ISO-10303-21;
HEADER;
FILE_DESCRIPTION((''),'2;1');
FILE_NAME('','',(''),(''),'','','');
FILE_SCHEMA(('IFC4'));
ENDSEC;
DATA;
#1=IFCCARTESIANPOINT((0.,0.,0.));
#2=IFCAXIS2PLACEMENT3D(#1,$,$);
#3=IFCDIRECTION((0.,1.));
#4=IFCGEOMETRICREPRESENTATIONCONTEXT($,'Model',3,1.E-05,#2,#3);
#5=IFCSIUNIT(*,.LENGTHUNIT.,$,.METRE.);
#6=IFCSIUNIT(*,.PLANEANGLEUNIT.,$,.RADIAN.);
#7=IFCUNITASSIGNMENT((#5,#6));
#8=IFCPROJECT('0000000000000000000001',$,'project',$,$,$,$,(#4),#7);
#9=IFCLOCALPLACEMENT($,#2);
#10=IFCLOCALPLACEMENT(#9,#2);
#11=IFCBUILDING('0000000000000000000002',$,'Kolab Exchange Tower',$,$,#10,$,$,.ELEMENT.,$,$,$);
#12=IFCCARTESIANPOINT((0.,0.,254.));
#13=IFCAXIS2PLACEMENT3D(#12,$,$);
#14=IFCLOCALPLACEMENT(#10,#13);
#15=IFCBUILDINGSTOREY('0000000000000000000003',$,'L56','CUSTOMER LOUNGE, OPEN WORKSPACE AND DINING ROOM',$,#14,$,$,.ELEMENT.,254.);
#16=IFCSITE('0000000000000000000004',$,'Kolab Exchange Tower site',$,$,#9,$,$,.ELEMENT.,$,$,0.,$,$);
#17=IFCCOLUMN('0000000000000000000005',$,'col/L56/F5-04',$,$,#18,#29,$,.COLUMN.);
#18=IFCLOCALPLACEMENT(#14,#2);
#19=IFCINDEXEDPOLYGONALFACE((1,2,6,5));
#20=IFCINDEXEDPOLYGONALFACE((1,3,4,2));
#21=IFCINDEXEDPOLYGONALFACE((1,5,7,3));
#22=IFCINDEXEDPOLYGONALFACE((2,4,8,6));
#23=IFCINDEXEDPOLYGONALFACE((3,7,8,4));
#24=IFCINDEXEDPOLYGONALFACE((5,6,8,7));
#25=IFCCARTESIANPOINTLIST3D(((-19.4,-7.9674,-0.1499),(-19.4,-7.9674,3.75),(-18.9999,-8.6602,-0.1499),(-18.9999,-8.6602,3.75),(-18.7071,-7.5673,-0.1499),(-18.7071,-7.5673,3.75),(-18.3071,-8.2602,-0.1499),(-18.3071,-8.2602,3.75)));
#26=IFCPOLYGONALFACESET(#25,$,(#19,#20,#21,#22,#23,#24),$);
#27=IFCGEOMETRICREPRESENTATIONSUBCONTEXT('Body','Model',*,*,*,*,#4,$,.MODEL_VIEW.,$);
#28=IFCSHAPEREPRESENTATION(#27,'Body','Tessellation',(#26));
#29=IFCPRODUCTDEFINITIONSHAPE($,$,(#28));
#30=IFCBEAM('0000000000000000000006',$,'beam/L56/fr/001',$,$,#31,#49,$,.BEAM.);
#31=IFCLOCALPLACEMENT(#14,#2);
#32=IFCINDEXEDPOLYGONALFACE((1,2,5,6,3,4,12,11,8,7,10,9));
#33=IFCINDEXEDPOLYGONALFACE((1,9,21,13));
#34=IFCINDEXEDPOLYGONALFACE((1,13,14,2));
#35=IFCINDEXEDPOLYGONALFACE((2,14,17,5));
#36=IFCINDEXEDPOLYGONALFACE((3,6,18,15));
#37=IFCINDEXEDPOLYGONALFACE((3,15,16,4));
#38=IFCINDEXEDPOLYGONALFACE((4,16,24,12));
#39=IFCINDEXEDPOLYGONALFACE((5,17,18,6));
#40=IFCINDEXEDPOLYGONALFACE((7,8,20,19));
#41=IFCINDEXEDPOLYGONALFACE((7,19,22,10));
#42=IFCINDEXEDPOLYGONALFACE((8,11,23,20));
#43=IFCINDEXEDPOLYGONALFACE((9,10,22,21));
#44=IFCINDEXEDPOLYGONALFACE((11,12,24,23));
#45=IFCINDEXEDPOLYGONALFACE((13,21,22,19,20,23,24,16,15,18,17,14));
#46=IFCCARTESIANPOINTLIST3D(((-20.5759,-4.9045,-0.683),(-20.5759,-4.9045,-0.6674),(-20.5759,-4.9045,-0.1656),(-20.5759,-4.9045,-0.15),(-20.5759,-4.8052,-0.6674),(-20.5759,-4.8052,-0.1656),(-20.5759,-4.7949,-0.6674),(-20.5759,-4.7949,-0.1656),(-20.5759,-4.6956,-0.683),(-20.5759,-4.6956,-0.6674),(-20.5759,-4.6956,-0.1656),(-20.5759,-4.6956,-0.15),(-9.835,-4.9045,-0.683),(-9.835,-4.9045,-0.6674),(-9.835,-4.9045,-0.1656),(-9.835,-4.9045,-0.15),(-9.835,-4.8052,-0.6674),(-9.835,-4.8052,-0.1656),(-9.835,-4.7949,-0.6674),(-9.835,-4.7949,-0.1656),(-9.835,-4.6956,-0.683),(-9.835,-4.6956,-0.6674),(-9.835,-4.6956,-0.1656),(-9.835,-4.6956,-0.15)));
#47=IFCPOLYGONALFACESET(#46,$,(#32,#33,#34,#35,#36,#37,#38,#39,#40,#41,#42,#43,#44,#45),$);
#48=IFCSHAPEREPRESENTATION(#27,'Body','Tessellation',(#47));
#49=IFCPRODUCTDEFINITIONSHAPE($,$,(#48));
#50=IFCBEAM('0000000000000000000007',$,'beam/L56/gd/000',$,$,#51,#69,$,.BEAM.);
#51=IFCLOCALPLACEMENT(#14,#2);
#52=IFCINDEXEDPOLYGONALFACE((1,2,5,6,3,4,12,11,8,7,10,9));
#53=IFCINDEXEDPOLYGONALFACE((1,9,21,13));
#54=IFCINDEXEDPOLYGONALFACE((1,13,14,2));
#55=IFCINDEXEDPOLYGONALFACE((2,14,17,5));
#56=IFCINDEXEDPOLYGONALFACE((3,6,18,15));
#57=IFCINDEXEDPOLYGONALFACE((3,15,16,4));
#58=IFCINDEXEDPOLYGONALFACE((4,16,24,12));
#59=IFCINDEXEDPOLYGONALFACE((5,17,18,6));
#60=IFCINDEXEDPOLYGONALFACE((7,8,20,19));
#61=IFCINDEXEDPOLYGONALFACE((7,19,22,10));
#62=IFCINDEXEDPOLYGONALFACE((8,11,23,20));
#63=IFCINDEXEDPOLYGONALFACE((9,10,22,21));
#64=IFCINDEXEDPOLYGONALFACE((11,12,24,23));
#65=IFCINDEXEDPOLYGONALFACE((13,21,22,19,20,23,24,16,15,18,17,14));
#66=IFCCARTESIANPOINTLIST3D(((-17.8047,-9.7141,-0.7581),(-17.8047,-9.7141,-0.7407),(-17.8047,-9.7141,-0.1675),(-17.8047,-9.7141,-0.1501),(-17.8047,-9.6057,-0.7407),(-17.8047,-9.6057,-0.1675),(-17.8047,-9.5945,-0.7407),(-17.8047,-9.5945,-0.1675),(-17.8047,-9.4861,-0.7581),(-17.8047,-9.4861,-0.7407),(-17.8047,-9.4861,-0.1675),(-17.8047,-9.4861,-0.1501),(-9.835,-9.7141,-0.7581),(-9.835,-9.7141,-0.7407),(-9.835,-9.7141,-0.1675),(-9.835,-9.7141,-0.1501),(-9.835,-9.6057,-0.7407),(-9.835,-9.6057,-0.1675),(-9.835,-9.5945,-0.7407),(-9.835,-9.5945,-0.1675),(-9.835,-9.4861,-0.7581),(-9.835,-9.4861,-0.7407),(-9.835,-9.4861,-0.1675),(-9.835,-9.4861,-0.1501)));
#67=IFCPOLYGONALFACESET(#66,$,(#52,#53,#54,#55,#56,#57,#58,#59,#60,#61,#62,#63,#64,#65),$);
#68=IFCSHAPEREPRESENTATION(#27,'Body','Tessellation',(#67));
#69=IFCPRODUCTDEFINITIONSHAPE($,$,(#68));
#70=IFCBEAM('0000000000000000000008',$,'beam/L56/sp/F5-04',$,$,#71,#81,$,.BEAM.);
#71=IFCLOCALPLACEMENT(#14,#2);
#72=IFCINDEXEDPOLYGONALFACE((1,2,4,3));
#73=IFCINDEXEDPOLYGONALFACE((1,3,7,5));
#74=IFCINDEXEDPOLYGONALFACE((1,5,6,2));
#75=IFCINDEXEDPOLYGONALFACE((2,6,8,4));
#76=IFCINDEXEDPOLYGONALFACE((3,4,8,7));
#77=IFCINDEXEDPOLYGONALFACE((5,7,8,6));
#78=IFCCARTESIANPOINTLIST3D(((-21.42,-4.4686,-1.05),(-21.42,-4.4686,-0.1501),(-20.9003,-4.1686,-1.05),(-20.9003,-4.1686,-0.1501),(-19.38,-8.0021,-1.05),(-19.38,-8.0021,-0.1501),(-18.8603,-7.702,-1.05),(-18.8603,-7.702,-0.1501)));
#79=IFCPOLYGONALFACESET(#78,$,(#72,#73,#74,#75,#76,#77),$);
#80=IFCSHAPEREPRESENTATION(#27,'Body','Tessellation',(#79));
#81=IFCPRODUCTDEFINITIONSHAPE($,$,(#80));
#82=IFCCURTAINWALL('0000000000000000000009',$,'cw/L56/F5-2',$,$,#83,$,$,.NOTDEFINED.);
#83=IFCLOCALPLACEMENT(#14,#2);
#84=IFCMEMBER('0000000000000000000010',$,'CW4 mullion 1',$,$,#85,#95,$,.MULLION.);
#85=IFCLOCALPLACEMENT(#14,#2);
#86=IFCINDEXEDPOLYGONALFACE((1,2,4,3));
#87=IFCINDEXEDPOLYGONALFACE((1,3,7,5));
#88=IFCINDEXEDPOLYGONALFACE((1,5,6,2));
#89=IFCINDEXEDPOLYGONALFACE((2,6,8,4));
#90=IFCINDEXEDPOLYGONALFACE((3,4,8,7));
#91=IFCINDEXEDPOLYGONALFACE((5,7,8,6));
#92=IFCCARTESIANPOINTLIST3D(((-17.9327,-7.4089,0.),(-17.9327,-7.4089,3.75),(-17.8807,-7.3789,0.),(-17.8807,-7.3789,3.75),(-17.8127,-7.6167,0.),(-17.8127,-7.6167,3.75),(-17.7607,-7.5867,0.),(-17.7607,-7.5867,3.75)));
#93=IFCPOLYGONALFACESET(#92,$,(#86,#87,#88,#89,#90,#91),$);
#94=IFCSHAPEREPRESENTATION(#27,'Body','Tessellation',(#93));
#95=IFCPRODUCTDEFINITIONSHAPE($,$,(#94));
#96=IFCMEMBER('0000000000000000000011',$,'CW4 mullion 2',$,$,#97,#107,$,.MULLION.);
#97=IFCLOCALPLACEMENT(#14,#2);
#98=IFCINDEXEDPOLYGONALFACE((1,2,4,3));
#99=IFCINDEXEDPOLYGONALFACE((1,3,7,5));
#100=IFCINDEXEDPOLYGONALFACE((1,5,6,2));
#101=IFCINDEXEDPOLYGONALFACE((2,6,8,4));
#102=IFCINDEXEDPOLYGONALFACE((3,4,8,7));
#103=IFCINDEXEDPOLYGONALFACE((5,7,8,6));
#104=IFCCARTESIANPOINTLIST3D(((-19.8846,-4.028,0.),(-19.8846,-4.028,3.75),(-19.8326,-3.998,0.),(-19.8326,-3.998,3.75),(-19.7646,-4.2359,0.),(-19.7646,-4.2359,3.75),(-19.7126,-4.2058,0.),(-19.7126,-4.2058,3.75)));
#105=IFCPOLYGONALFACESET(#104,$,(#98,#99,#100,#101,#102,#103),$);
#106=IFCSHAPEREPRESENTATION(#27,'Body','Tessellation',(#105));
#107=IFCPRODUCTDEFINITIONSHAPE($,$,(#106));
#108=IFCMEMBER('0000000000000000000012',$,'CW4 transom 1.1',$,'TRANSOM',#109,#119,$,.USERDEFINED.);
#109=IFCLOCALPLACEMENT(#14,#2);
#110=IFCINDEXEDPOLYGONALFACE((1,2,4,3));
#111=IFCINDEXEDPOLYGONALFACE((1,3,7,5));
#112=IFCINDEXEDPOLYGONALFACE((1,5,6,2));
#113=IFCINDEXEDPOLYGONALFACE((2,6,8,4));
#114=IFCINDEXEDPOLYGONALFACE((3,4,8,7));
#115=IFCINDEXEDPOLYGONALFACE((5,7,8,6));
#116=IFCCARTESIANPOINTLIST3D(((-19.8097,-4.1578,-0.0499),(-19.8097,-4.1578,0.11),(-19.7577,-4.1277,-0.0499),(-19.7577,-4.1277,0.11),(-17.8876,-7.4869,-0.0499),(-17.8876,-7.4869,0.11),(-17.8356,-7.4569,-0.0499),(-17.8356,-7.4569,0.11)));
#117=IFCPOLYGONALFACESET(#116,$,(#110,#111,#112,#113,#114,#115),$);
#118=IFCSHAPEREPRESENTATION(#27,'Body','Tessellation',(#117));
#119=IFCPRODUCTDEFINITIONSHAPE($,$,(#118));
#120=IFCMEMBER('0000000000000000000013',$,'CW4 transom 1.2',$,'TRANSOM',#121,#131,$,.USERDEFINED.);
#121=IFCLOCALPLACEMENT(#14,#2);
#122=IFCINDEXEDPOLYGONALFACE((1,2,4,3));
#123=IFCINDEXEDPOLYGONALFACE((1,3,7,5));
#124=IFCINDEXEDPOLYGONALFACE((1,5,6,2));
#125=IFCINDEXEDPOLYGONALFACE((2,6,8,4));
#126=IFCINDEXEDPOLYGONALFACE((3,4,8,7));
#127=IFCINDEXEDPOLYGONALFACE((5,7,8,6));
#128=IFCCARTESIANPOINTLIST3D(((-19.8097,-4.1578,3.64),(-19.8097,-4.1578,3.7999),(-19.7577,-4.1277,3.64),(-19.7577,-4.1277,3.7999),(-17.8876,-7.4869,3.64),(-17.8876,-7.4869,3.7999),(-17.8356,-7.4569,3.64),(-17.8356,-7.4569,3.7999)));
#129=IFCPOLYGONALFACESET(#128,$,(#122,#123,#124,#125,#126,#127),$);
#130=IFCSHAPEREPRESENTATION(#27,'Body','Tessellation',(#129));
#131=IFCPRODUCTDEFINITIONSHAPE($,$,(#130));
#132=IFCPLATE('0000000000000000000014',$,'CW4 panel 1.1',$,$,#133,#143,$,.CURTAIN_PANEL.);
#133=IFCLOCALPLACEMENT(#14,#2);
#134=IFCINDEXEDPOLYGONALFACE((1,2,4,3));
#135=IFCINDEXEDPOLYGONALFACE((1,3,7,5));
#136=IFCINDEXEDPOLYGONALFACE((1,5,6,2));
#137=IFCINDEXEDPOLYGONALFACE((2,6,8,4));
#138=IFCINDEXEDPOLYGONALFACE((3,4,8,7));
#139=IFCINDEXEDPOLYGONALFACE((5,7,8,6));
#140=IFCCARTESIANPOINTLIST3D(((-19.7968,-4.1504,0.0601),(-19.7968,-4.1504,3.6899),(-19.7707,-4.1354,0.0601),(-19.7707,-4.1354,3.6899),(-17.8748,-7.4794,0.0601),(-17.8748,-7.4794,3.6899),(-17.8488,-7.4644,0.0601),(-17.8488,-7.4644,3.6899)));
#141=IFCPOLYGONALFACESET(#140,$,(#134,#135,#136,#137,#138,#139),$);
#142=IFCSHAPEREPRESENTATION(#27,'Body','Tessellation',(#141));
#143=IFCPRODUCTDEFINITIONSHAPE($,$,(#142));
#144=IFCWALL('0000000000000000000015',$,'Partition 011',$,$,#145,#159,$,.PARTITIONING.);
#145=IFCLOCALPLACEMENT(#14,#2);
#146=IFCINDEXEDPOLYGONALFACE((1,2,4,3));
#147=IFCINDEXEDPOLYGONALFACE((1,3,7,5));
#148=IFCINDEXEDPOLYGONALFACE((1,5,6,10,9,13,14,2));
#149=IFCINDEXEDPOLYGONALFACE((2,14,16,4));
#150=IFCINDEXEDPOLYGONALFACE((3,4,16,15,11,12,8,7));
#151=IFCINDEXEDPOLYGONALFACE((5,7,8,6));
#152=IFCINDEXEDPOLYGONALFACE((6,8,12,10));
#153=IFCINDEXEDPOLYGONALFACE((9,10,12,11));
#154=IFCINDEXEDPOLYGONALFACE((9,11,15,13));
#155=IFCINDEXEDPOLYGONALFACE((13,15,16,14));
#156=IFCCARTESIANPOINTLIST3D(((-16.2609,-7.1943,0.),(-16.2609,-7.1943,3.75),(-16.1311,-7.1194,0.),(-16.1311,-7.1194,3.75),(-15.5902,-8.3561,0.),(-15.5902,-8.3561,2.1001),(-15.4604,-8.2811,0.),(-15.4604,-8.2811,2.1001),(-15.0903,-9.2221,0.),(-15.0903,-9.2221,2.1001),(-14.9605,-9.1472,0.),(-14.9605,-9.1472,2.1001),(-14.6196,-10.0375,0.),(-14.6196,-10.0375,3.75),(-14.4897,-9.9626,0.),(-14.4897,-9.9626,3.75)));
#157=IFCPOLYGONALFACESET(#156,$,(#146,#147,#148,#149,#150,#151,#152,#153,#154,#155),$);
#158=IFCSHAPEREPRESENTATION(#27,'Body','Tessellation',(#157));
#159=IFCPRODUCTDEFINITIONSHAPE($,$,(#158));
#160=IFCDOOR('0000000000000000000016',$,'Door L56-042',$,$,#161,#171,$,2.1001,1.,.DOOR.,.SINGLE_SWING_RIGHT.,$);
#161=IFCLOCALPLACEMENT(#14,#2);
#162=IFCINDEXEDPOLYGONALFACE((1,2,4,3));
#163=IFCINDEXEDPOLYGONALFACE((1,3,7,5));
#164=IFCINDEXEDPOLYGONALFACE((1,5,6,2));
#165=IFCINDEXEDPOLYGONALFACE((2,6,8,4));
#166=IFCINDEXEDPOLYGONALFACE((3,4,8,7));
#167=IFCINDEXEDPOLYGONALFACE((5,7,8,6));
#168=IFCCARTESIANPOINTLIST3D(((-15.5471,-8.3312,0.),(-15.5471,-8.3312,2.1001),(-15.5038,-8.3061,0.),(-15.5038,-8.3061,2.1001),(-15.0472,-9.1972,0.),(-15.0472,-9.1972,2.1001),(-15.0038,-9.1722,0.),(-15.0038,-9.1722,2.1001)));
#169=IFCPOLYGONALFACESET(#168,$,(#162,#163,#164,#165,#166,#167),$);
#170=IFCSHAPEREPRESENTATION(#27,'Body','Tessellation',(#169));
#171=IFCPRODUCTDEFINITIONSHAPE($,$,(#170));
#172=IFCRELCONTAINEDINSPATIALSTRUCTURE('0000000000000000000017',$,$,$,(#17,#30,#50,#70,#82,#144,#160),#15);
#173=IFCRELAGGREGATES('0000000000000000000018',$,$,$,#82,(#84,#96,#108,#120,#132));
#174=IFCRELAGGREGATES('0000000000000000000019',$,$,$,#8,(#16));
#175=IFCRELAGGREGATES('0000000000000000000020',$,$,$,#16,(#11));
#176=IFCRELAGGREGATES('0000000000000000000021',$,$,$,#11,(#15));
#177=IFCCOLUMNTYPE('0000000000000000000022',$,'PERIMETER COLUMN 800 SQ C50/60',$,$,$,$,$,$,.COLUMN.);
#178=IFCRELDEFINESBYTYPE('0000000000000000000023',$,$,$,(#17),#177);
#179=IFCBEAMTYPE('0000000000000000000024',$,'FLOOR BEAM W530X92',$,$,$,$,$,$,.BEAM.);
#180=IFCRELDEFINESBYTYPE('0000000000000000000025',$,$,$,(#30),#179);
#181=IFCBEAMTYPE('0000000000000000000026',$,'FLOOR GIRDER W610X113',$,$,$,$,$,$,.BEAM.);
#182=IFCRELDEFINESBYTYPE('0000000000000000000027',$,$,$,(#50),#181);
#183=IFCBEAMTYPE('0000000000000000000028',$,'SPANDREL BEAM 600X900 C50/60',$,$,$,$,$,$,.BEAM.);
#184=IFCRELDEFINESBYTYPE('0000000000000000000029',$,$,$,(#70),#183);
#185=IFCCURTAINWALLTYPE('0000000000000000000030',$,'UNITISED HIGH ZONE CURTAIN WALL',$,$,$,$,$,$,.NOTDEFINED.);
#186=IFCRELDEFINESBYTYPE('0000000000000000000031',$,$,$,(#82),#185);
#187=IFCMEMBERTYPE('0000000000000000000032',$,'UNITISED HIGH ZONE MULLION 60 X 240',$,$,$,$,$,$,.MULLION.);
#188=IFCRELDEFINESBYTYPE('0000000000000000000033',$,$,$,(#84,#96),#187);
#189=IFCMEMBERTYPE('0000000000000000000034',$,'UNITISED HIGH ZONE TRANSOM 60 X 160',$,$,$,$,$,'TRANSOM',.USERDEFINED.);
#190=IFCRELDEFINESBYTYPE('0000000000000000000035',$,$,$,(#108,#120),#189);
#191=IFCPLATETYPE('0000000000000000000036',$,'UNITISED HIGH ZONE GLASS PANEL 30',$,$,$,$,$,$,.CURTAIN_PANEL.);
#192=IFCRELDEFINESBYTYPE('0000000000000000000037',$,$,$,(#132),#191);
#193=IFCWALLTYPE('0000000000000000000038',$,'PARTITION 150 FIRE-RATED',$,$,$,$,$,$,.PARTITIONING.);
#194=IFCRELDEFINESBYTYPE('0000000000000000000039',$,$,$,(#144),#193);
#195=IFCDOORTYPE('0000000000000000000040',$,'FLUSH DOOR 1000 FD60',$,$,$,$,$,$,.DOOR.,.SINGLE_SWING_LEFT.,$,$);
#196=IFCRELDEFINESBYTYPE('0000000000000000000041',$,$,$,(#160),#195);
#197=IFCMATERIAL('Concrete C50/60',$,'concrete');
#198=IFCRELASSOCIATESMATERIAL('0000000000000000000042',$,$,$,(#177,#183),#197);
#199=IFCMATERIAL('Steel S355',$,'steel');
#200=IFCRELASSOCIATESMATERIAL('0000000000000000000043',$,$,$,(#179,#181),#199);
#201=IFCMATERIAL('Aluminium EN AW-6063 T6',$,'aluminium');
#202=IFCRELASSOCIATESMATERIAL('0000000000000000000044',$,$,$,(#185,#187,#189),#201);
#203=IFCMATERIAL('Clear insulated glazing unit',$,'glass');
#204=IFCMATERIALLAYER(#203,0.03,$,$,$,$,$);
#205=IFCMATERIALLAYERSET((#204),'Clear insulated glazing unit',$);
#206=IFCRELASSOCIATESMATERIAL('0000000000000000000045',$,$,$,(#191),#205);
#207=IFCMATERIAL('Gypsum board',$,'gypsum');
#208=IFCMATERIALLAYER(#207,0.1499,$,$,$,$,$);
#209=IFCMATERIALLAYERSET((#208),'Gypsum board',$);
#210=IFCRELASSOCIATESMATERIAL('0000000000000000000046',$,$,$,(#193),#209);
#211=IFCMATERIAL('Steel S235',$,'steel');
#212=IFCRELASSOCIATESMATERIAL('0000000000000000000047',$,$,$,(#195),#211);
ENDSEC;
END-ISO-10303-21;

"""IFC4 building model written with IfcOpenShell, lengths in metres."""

from ifc_helpers import new_model, si_unit, direction, frame, frame_2d, origin, origin_2d, place, context, subcontext, project, spatial, rectangle, i_section, extrude, material, layer, layer_set, material_profile, profile_set, type_object, element, fill, aggregate, save


model = new_model("IFC4")

# Units and contexts
model_context = context("Model", 3, precision=1e-05, world=origin(), true_north=direction((0.0, 1.0)))
body_context = subcontext(model_context, "Body", "Model", "MODEL_VIEW")
ifc_project = project(units=[si_unit("LENGTHUNIT", "METRE"), si_unit("PLANEANGLEUNIT", "RADIAN")], contexts=[model_context])

# Site, building, storey
site_placement = place(None, origin())
site = spatial("IfcSite", under=ifc_project, at=site_placement, Name="Kolab Exchange Tower site", CompositionType="ELEMENT", RefElevation=0.0)
building_placement = place(site_placement, origin())
building = spatial("IfcBuilding", under=site, at=building_placement, Name="Kolab Exchange Tower", CompositionType="ELEMENT")
storey_placement = place(building_placement, frame((0.0, 0.0, 254.0)))
storey = spatial("IfcBuildingStorey", under=building, at=storey_placement, Name="L56", Description="CUSTOMER LOUNGE, OPEN WORKSPACE AND DINING ROOM", CompositionType="ELEMENT", Elevation=254.0)

# Column
ifc_material_1 = material(Name="Concrete C50/60", Category="concrete")
ifc_material_profile_1 = material_profile(ifc_material_1, rectangle(XDim=0.8, YDim=0.8, at=origin_2d()), Name="RC800")
ifc_profile_set_1 = profile_set([ifc_material_profile_1], Name="Concrete C50/60")
column_type = type_object("IfcColumnType", Name="PERIMETER COLUMN 800 SQ C50/60", PredefinedType="COLUMN", material=ifc_profile_set_1)
column_placement = place(storey_placement, frame((-18.8535, -8.1138, -0.1499), z_axis=(0.0, 0.0, 1.0), x_axis=(0.866025, 0.5, 0.0)))
element("IfcColumn", 1, at=column_placement, inside=storey, type_object=column_type, Name="col/L56/F5-04", PredefinedType="COLUMN", context=body_context, shape_type="SweptSolid", body=[
    extrude(rectangle(XDim=0.8, YDim=0.8, at=origin_2d()), origin(), (0.0, 0.0, 1.0), 3.8999),
])

# Beams
ifc_material_2 = material(Name="Steel S355", Category="steel")
ifc_material_profile_2 = material_profile(ifc_material_2, i_section(OverallWidth=0.209, OverallDepth=0.533, WebThickness=0.0103, FlangeThickness=0.0156, at=origin_2d()), Name="W530X92")
ifc_profile_set_2 = profile_set([ifc_material_profile_2], Name="Steel S355")
beam_type_1 = type_object("IfcBeamType", Name="FLOOR BEAM W530X92", PredefinedType="BEAM", material=ifc_profile_set_2)
beam_1_placement = place(storey_placement, frame((-20.5759, -4.8, -0.4165), z_axis=(1.0, 0.0, 0.0), x_axis=(0.0, 1.0, 0.0)))
element("IfcBeam", 2, at=beam_1_placement, inside=storey, type_object=beam_type_1, Name="beam/L56/fr/001", PredefinedType="BEAM", context=body_context, shape_type="SweptSolid", body=[
    extrude(i_section(OverallWidth=0.209, OverallDepth=0.533, WebThickness=0.0103, FlangeThickness=0.0156, at=origin_2d()), origin(), (0.0, 0.0, 1.0), 10.741),
])
ifc_material_profile_3 = material_profile(ifc_material_2, i_section(OverallWidth=0.228, OverallDepth=0.6079, WebThickness=0.0112, FlangeThickness=0.0173, at=origin_2d()), Name="W610X113")
ifc_profile_set_3 = profile_set([ifc_material_profile_3], Name="Steel S355")
beam_type_2 = type_object("IfcBeamType", Name="FLOOR GIRDER W610X113", PredefinedType="BEAM", material=ifc_profile_set_3)
beam_2_placement = place(storey_placement, frame((-17.8047, -9.6001, -0.4541), z_axis=(1.0, 0.0, 0.0), x_axis=(0.0, 1.0, 0.0)))
element("IfcBeam", 3, at=beam_2_placement, inside=storey, type_object=beam_type_2, Name="beam/L56/gd/000", PredefinedType="BEAM", context=body_context, shape_type="SweptSolid", body=[
    extrude(i_section(OverallWidth=0.228, OverallDepth=0.6079, WebThickness=0.0112, FlangeThickness=0.0173, at=origin_2d()), origin(), (0.0, 0.0, 1.0), 7.9697),
])
ifc_material_profile_4 = material_profile(ifc_material_1, rectangle(XDim=0.6001, YDim=0.8999, at=origin_2d()), Name="RC600X900")
ifc_profile_set_4 = profile_set([ifc_material_profile_4], Name="Concrete C50/60")
beam_type_3 = type_object("IfcBeamType", Name="SPANDREL BEAM 600X900 C50/60", PredefinedType="BEAM", material=ifc_profile_set_4)
beam_3_placement = place(storey_placement, frame((-19.1201, -7.8521, -0.6001), z_axis=(-0.5, 0.866025, 0.0), x_axis=(-0.866025, -0.5, 0.0)))
element("IfcBeam", 4, at=beam_3_placement, inside=storey, type_object=beam_type_3, Name="beam/L56/sp/F5-04", PredefinedType="BEAM", context=body_context, shape_type="SweptSolid", body=[
    extrude(rectangle(XDim=0.6001, YDim=0.8999, at=origin_2d()), origin(), (0.0, 0.0, 1.0), 4.0801),
])

# Curtain wall, members, plate
ifc_material_3 = material(Name="Aluminium EN AW-6063 T6", Category="aluminium")
curtain_wall_type = type_object("IfcCurtainWallType", Name="UNITISED HIGH ZONE CURTAIN WALL", PredefinedType="NOTDEFINED", material=ifc_material_3)
curtain_wall_placement = place(storey_placement, origin())
curtain_wall = element("IfcCurtainWall", 5, at=curtain_wall_placement, inside=storey, type_object=curtain_wall_type, Name="cw/L56/F5-2", PredefinedType="NOTDEFINED")
ifc_material_profile_5 = material_profile(ifc_material_3, rectangle(XDim=0.0601, YDim=0.24, at=origin_2d()), Name="RECT 60X240")
ifc_profile_set_5 = profile_set([ifc_material_profile_5], Name="Aluminium EN AW-6063 T6")
member_type_1 = type_object("IfcMemberType", Name="UNITISED HIGH ZONE MULLION 60 X 240", PredefinedType="MULLION", material=ifc_profile_set_5)
member_1_placement = place(storey_placement, frame((-17.8467, -7.4978, 0.0), z_axis=(0.0, 0.0, 1.0), x_axis=(-0.866025, -0.5, 0.0)))
member_1 = element("IfcMember", 6, at=member_1_placement, type_object=member_type_1, Name="CW4 mullion 1", PredefinedType="MULLION", context=body_context, shape_type="SweptSolid", body=[
    extrude(rectangle(XDim=0.0601, YDim=0.24, at=origin_2d()), origin(), (0.0, 0.0, 1.0), 3.75),
])
member_2_placement = place(storey_placement, frame((-19.7986, -4.1169, 0.0), z_axis=(0.0, 0.0, 1.0), x_axis=(-0.866025, -0.5, 0.0)))
member_2 = element("IfcMember", 7, at=member_2_placement, type_object=member_type_1, Name="CW4 mullion 2", PredefinedType="MULLION", context=body_context, shape_type="SweptSolid", body=[
    extrude(rectangle(XDim=0.0601, YDim=0.24, at=origin_2d()), origin(), (0.0, 0.0, 1.0), 3.75),
])
ifc_material_profile_6 = material_profile(ifc_material_3, rectangle(XDim=0.0601, YDim=0.1599, at=origin_2d()), Name="RECT 60X160")
ifc_profile_set_6 = profile_set([ifc_material_profile_6], Name="Aluminium EN AW-6063 T6")
member_type_2 = type_object("IfcMemberType", Name="UNITISED HIGH ZONE TRANSOM 60 X 160", ElementType="TRANSOM", PredefinedType="USERDEFINED", material=ifc_profile_set_6)
member_3_placement = place(storey_placement, frame((-17.8616, -7.4719, 0.03), z_axis=(-0.500012, 0.866018, 0.0), x_axis=(-0.866018, -0.500012, 0.0)))
member_3 = element("IfcMember", 8, at=member_3_placement, type_object=member_type_2, Name="CW4 transom 1.1", ObjectType="TRANSOM", PredefinedType="USERDEFINED", context=body_context, shape_type="SweptSolid", body=[
    extrude(rectangle(XDim=0.0601, YDim=0.1599, at=origin_2d()), origin(), (0.0, 0.0, 1.0), 3.8442),
])
member_4_placement = place(storey_placement, frame((-17.8616, -7.4719, 3.72), z_axis=(-0.500012, 0.866018, 0.0), x_axis=(-0.866018, -0.500012, 0.0)))
member_4 = element("IfcMember", 9, at=member_4_placement, type_object=member_type_2, Name="CW4 transom 1.2", ObjectType="TRANSOM", PredefinedType="USERDEFINED", context=body_context, shape_type="SweptSolid", body=[
    extrude(rectangle(XDim=0.0601, YDim=0.1599, at=origin_2d()), origin(), (0.0, 0.0, 1.0), 3.8442),
])
ifc_material_4 = material(Name="Clear insulated glazing unit", Category="glass")
ifc_layer_1 = layer(ifc_material_4, 0.03)
ifc_layer_set_1 = layer_set([ifc_layer_1], Name="Clear insulated glazing unit")
plate_type = type_object("IfcPlateType", Name="UNITISED HIGH ZONE GLASS PANEL 30", PredefinedType="CURTAIN_PANEL", material=ifc_layer_set_1)
plate_placement = place(storey_placement, frame((-18.8228, -5.8074, 0.0601), z_axis=(0.0, 0.0, 1.0), x_axis=(-0.5, 0.866025, 0.0)))
plate = element("IfcPlate", 10, at=plate_placement, type_object=plate_type, Name="CW4 panel 1.1", PredefinedType="CURTAIN_PANEL", context=body_context, shape_type="SweptSolid", body=[
    extrude(rectangle(XDim=3.844, YDim=0.03, at=origin_2d()), origin(), (0.0, 0.0, 1.0), 3.6299),
])
aggregate(curtain_wall, [member_1, member_2, member_3, member_4, plate])

# Wall, opening, door
ifc_material_5 = material(Name="Gypsum board", Category="gypsum")
ifc_layer_2 = layer(ifc_material_5, 0.1499)
ifc_layer_set_2 = layer_set([ifc_layer_2], Name="Gypsum board")
wall_type_1 = type_object("IfcWallType", Name="PARTITION 150 FIRE-RATED", PredefinedType="PARTITIONING", material=ifc_layer_set_2)
wall_1_placement = place(storey_placement, frame((-16.196, -7.1567, 0.0), z_axis=(0.0, 0.0, 1.0), x_axis=(0.499954, -0.866052, 0.0)))
wall_1 = element("IfcWall", 11, at=wall_1_placement, inside=storey, type_object=wall_type_1, Name="Partition 011", PredefinedType="PARTITIONING", context=body_context, shape_type="SweptSolid", body=[
    extrude(rectangle(XDim=3.283, YDim=0.1499, at=frame_2d((1.6416, 0.0))), origin(), (0.0, 0.0, 1.0), 3.75),
])
opening_1_placement = place(wall_1_placement, frame((1.3416, 0.0, 0.0)))
opening_1 = element("IfcOpeningElement", 12, at=opening_1_placement, cuts=wall_1, PredefinedType="OPENING", context=body_context, shape_type="SweptSolid", body=[
    extrude(rectangle(XDim=1.0, YDim=2.1001, at=frame_2d((0.5, 1.05))), frame((0.0, 0.085, 0.0), z_axis=(0.0, -1.0, 0.0), x_axis=(1.0, 0.0, 0.0)), (0.0, 0.0, 1.0), 0.1699),
])
ifc_material_6 = material(Name="Steel S235", Category="steel")
door_type_1 = type_object("IfcDoorType", Name="FLUSH DOOR 1000 FD60", OperationType="SINGLE_SWING_LEFT", PredefinedType="DOOR", material=ifc_material_6)
door_1_placement = place(opening_1_placement, origin())
door_1 = element("IfcDoor", 13, at=door_1_placement, inside=storey, type_object=door_type_1, Name="Door L56-042", OperationType="SINGLE_SWING_RIGHT", OverallHeight=2.1001, OverallWidth=1.0, PredefinedType="DOOR", context=body_context, shape_type="SweptSolid", body=[
    extrude(rectangle(XDim=1.0, YDim=2.1001, at=frame_2d((0.5, 1.05))), frame((0.0, 0.0249, 0.0), z_axis=(0.0, -1.0, 0.0), x_axis=(1.0, 0.0, 0.0)), (0.0, 0.0, 1.0), 0.05),
])
fill(opening_1, door_1)

save(model, "model.ifc")
